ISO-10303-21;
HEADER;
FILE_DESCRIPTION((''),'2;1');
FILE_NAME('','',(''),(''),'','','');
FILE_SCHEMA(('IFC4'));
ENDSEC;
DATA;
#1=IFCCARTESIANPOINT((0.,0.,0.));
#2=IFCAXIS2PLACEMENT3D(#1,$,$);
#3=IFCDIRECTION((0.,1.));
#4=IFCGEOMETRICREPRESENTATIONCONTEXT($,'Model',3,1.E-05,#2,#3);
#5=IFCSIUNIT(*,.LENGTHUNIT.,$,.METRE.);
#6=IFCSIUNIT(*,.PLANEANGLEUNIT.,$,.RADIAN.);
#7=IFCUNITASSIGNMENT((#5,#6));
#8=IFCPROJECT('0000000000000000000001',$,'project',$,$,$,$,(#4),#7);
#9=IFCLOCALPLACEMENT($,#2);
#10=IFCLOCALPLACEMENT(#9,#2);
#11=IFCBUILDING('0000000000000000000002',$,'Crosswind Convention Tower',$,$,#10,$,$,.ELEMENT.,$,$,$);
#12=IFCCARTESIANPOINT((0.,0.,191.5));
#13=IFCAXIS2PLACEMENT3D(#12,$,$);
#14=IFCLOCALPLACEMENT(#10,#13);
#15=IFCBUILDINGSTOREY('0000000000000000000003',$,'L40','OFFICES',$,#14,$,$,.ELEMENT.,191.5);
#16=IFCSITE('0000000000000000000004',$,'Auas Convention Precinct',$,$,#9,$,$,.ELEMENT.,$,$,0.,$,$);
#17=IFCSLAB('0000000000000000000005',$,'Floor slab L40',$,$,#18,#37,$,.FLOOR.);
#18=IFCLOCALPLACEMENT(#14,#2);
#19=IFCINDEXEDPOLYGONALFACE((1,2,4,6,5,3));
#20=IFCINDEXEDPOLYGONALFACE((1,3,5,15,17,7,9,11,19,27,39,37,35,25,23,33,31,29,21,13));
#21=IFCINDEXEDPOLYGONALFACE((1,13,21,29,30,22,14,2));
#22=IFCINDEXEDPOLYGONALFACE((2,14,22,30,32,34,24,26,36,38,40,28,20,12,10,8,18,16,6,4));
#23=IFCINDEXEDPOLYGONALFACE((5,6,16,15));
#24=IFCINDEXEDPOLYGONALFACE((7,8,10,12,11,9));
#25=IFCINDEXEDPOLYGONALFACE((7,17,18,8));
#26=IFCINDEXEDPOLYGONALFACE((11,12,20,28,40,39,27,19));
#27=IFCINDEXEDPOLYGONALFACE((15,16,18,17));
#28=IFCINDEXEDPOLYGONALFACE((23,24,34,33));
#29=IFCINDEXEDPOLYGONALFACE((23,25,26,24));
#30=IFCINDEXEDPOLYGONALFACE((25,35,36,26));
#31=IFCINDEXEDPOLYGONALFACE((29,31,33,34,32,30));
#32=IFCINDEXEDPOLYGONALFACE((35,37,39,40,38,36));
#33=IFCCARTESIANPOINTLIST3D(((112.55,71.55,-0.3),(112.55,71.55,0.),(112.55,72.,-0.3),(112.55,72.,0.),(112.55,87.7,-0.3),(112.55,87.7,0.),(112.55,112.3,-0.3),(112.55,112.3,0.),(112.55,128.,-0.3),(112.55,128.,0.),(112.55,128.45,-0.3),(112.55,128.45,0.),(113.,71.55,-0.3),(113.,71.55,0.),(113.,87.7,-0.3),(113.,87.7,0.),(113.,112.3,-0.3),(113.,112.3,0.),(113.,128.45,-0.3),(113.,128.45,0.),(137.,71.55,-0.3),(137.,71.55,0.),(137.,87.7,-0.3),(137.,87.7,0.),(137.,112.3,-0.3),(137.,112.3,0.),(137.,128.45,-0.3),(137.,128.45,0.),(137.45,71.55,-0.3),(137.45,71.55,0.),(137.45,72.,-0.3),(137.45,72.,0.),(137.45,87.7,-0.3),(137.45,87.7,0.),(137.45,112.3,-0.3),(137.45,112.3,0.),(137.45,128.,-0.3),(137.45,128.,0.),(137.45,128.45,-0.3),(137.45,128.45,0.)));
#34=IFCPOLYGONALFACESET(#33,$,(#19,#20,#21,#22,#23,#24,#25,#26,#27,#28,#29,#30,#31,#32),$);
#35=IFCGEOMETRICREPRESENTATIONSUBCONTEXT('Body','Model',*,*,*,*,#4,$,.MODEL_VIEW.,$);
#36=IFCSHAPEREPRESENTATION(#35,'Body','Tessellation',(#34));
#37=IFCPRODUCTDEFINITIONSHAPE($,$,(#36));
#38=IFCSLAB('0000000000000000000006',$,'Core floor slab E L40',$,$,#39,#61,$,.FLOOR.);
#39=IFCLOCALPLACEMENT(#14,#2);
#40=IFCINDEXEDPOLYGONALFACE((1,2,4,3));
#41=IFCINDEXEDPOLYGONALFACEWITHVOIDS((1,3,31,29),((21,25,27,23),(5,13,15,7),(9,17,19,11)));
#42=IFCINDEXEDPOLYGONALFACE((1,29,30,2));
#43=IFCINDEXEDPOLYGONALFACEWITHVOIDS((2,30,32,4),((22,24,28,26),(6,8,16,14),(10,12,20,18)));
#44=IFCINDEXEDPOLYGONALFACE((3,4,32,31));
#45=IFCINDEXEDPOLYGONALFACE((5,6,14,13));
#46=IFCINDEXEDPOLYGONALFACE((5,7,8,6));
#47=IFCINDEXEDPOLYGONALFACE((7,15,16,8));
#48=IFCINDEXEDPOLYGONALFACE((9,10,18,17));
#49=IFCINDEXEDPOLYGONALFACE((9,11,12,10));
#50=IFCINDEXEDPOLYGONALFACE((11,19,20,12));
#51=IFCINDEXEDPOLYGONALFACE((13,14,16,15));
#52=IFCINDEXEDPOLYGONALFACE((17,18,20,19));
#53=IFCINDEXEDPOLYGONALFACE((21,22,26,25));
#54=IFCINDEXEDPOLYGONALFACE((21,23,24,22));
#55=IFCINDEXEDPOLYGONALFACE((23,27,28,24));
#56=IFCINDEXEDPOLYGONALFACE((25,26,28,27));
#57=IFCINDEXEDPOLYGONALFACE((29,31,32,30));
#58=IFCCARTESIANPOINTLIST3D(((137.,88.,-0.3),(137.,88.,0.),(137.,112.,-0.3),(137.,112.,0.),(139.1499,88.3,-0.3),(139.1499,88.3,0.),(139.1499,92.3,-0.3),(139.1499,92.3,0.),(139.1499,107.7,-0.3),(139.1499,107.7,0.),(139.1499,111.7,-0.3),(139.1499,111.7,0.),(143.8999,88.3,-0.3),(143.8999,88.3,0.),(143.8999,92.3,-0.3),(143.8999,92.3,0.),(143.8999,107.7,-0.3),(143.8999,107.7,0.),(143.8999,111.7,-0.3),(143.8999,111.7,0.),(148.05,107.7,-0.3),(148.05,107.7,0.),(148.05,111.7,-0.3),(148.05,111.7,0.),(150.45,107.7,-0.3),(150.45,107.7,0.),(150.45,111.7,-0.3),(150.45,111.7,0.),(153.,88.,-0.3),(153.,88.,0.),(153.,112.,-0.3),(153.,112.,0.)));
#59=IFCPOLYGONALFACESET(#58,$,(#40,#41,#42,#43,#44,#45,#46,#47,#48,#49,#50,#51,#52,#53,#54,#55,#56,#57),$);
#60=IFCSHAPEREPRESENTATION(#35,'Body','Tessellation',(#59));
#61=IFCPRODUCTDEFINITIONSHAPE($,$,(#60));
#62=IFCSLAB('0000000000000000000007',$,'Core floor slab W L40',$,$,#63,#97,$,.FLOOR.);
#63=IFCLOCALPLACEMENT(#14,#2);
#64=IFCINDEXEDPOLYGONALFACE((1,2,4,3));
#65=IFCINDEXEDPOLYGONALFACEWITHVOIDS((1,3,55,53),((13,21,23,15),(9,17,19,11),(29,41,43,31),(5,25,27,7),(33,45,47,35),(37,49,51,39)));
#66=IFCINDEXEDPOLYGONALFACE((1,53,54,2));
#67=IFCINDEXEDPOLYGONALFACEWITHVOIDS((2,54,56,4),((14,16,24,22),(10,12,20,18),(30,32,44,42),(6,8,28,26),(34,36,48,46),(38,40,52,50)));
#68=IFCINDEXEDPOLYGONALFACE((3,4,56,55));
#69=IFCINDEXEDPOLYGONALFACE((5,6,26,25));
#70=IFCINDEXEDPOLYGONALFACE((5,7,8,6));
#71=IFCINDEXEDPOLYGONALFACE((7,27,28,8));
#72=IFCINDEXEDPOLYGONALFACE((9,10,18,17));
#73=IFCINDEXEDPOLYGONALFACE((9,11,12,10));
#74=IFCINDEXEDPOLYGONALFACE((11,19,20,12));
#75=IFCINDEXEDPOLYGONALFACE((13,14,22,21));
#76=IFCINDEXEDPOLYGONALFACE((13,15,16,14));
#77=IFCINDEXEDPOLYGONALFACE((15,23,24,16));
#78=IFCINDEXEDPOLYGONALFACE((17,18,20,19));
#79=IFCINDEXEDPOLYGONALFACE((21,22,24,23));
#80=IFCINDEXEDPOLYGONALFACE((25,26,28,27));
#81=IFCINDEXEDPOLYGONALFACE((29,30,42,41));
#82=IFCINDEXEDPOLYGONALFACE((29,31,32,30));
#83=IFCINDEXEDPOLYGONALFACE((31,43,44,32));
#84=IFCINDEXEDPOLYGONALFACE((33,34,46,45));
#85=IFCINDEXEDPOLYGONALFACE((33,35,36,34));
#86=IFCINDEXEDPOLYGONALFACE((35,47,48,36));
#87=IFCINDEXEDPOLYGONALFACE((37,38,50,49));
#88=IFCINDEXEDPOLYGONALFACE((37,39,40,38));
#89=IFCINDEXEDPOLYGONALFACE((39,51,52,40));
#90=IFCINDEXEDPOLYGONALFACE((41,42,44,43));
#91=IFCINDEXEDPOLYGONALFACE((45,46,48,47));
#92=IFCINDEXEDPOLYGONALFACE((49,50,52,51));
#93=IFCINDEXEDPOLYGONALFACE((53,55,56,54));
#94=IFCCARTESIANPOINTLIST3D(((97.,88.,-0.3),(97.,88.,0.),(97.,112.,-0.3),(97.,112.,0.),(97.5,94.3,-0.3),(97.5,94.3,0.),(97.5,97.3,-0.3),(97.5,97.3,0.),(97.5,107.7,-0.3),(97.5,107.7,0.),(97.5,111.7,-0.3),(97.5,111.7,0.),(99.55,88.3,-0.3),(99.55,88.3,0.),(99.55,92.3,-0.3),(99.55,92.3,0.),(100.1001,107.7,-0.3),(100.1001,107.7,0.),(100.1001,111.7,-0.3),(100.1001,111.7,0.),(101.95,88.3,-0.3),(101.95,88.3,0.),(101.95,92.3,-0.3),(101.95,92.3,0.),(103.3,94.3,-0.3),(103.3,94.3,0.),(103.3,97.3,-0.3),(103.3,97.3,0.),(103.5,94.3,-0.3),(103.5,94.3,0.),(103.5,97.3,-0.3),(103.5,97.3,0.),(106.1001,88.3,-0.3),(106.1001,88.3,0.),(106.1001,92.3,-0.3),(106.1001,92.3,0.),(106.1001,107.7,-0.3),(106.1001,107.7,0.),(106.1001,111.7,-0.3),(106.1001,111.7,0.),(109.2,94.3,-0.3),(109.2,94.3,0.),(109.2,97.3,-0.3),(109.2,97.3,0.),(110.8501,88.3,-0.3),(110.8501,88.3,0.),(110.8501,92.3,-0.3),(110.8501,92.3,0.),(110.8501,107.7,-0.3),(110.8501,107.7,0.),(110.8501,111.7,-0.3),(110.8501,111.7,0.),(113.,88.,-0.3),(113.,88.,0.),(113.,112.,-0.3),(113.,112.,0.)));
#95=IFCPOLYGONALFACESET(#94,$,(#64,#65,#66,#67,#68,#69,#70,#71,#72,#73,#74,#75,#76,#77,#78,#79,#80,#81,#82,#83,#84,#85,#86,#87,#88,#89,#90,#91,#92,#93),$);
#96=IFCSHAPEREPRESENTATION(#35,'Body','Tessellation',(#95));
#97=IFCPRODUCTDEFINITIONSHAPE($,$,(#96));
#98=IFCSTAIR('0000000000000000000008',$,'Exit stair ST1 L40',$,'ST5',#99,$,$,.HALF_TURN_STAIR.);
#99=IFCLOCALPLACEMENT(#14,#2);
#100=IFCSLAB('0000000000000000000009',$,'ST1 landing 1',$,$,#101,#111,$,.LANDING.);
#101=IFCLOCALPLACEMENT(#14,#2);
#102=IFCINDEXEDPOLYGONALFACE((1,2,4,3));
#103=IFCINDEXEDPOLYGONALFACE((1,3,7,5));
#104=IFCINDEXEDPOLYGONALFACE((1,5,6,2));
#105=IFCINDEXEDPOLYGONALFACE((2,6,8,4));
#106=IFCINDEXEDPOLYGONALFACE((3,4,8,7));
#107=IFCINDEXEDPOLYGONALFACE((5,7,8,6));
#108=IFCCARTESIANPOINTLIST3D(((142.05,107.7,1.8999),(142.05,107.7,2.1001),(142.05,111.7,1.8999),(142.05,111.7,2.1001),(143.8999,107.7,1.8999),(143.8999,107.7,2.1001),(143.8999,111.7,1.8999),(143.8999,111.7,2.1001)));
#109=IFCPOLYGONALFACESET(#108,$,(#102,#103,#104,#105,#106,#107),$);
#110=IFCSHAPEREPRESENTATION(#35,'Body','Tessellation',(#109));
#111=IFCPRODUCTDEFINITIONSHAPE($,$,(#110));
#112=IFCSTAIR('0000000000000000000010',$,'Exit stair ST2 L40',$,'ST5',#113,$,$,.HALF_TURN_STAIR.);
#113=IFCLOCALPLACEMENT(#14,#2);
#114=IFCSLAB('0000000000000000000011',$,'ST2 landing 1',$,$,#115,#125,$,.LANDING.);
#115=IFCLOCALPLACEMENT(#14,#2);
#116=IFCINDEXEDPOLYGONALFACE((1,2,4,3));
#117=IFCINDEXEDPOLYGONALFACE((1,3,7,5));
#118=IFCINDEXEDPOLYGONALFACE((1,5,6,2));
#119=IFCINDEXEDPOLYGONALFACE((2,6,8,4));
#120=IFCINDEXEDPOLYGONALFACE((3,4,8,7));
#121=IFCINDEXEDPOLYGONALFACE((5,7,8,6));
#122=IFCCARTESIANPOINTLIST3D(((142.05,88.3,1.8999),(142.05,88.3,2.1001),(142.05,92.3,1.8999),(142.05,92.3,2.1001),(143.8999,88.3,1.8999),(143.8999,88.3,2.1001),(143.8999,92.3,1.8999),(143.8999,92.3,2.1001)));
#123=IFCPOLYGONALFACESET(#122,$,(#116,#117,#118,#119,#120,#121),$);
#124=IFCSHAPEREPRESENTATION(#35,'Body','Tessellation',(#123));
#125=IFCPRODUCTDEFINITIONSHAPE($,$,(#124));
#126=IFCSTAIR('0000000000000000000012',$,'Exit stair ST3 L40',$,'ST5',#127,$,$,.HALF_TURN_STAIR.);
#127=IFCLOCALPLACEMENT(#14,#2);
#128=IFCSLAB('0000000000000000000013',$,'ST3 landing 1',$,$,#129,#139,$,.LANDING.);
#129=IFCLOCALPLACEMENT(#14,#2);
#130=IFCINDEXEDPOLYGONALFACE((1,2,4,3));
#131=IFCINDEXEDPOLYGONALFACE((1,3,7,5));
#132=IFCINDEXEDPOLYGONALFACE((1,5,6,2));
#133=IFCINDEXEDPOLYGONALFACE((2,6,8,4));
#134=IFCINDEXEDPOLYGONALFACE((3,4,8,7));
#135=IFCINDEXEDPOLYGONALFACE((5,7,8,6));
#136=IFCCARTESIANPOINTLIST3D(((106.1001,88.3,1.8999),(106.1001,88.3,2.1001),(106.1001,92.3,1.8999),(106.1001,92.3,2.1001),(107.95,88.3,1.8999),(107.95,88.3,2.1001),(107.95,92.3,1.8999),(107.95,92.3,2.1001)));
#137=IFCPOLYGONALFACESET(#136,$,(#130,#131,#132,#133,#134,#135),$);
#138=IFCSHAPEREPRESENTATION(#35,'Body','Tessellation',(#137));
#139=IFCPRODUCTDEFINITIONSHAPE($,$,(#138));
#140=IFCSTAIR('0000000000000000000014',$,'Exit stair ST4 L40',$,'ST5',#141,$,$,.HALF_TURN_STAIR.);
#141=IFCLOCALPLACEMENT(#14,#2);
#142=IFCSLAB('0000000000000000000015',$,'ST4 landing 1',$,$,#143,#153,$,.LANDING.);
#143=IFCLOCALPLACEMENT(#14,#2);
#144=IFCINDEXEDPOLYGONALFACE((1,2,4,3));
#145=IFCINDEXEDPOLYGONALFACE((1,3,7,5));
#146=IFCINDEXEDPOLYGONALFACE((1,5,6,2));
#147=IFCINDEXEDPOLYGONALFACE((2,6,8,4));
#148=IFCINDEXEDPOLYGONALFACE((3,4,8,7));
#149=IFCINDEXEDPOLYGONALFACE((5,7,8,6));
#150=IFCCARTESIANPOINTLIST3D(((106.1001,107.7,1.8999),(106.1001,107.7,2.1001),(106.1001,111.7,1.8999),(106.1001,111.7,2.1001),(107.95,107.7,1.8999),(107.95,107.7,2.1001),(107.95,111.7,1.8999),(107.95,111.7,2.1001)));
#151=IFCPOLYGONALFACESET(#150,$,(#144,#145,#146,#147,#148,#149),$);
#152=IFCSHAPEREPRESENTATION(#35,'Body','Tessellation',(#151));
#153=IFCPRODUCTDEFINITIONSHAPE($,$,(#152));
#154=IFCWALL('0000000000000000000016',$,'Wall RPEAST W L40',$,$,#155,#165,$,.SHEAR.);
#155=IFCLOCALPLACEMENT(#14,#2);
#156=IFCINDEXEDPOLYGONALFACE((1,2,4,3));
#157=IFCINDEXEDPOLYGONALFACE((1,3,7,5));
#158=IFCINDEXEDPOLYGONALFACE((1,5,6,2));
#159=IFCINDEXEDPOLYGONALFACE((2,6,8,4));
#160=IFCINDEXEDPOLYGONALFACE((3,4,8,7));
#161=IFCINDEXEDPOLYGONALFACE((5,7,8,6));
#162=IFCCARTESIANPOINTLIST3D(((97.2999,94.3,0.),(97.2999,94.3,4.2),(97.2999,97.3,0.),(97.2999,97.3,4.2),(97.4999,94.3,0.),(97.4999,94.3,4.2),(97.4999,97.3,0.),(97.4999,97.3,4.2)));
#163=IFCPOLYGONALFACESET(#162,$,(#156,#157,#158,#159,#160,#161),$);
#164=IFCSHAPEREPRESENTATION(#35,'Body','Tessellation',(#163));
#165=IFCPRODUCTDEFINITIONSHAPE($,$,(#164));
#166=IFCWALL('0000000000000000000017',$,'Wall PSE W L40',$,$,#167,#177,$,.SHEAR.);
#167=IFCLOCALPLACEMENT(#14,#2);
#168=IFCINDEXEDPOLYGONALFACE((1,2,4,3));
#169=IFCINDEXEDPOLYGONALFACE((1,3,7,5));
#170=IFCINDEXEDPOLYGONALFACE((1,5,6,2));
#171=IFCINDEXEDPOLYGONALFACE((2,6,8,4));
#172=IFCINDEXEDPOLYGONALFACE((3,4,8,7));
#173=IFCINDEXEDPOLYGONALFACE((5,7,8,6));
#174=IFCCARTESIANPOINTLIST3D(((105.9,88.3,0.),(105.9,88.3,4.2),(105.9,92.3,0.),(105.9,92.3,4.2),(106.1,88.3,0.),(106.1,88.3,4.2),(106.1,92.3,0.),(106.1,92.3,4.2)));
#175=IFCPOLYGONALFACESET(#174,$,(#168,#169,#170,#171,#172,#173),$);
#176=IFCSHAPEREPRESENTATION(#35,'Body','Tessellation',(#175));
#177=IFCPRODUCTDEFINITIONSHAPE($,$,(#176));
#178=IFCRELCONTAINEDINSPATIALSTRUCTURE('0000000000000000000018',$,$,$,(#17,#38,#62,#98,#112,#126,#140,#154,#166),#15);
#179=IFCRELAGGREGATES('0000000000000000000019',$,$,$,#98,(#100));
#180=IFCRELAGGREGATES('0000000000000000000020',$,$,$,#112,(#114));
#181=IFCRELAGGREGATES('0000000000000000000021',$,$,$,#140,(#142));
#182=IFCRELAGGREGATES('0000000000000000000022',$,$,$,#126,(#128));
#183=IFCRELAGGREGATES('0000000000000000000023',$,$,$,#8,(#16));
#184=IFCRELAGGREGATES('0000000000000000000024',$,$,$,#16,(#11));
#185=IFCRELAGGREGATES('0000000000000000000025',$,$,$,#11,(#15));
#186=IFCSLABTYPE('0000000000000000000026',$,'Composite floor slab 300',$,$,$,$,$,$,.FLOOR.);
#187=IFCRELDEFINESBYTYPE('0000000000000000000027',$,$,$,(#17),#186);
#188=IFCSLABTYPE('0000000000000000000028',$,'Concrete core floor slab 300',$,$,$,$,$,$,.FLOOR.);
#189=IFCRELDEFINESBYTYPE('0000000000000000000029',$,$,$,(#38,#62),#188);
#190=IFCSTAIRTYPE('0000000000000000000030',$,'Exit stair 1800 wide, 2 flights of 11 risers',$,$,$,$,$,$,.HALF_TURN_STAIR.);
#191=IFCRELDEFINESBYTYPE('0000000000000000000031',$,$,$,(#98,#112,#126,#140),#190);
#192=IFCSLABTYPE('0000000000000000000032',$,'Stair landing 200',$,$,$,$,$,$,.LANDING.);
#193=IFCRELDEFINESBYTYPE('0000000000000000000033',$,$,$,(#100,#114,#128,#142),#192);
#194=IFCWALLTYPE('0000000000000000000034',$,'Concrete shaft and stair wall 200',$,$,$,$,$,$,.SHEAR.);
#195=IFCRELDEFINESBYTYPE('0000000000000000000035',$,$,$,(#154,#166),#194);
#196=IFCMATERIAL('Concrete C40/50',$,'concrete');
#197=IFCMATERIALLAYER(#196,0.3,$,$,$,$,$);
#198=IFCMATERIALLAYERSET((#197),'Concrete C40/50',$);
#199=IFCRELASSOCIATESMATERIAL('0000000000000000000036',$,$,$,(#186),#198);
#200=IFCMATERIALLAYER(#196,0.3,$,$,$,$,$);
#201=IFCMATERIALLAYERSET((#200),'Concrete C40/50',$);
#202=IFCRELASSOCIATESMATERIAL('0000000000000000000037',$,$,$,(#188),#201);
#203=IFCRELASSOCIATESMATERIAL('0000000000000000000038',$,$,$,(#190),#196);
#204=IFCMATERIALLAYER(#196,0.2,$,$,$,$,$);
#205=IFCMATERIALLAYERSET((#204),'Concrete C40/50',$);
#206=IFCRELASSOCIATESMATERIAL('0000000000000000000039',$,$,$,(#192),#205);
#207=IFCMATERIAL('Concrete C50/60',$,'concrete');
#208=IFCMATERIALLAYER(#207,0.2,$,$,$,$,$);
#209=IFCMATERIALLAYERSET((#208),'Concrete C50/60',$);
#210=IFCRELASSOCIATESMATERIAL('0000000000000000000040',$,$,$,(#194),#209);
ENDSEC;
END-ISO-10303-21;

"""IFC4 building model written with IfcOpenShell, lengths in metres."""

from ifc_helpers import new_model, si_unit, direction, frame, frame_2d, origin, place, context, subcontext, project, spatial, polyline, rectangle, outline, extrude, material, layer, layer_set, type_object, element, aggregate, save


model = new_model("IFC4")

# Units and contexts
model_context = context("Model", 3, precision=1e-05, world=origin(), true_north=direction((0.0, 1.0)))
body_context = subcontext(model_context, "Body", "Model", "MODEL_VIEW")
ifc_project = project(units=[si_unit("LENGTHUNIT", "METRE"), si_unit("PLANEANGLEUNIT", "RADIAN")], contexts=[model_context])

# Site, building, storey
site_placement = place(None, origin())
site = spatial("IfcSite", under=ifc_project, at=site_placement, Name="Auas Convention Precinct", CompositionType="ELEMENT", RefElevation=0.0)
building_placement = place(site_placement, origin())
building = spatial("IfcBuilding", under=site, at=building_placement, Name="Crosswind Convention Tower", CompositionType="ELEMENT")
storey_placement = place(building_placement, frame((0.0, 0.0, 191.5)))
storey = spatial("IfcBuildingStorey", under=building, at=storey_placement, Name="L40", Description="OFFICES", CompositionType="ELEMENT", Elevation=191.5)

# Slabs
ifc_material_1 = material(Name="Concrete C40/50", Category="concrete")
ifc_layer_1 = layer(ifc_material_1, 0.3)
ifc_layer_set_1 = layer_set([ifc_layer_1], Name="Concrete C40/50")
slab_type_1 = type_object("IfcSlabType", Name="Composite floor slab 300", PredefinedType="FLOOR", material=ifc_layer_set_1)
slab_1_placement = place(storey_placement, frame((0.0, 0.0, -0.3)))
element("IfcSlab", 1, at=slab_1_placement, inside=storey, type_object=slab_type_1, Name="Floor slab L40", PredefinedType="FLOOR", context=body_context, shape_type="SweptSolid", body=[
    extrude(outline(polyline([(137.45, 71.55), (137.0, 71.55), (113.0, 71.55), (112.55, 71.55), (112.55, 72.0), (112.55, 87.7), (113.0, 87.7), (113.0, 112.3), (112.55, 112.3), (112.55, 128.0), (112.55, 128.45), (113.0, 128.45), (137.0, 128.45), (137.45, 128.45), (137.45, 128.0), (137.45, 112.3), (137.0, 112.3), (137.0, 87.7), (137.45, 87.7), (137.45, 72.0), (137.45, 71.55)])), origin(), (0.0, 0.0, 1.0), 0.3),
])
ifc_layer_2 = layer(ifc_material_1, 0.3)
ifc_layer_set_2 = layer_set([ifc_layer_2], Name="Concrete C40/50")
slab_type_2 = type_object("IfcSlabType", Name="Concrete core floor slab 300", PredefinedType="FLOOR", material=ifc_layer_set_2)
slab_2_placement = place(storey_placement, frame((0.0, 0.0, -0.3)))
element("IfcSlab", 2, at=slab_2_placement, inside=storey, type_object=slab_type_2, Name="Core floor slab E L40", PredefinedType="FLOOR", context=body_context, shape_type="SweptSolid", body=[
    extrude(outline(polyline([(137.0, 88.0), (153.0, 88.0), (153.0, 112.0), (137.0, 112.0), (137.0, 88.0)]), holes=[polyline([(150.45, 107.7), (150.45, 111.7), (148.05, 111.7), (148.05, 107.7), (150.45, 107.7)]), polyline([(143.8999, 107.7), (143.8999, 111.7), (139.1499, 111.7), (139.1499, 107.7), (143.8999, 107.7)]), polyline([(143.8999, 88.3), (143.8999, 92.3), (139.1499, 92.3), (139.1499, 88.3), (143.8999, 88.3)])]), origin(), (0.0, 0.0, 1.0), 0.3),
])
slab_3_placement = place(storey_placement, frame((0.0, 0.0, -0.3)))
element("IfcSlab", 3, at=slab_3_placement, inside=storey, type_object=slab_type_2, Name="Core floor slab W L40", PredefinedType="FLOOR", context=body_context, shape_type="SweptSolid", body=[
    extrude(outline(polyline([(97.0, 88.0), (113.0, 88.0), (113.0, 112.0), (97.0, 112.0), (97.0, 88.0)]), holes=[polyline([(109.2, 94.3), (109.2, 97.3), (103.5, 97.3), (103.5, 94.3), (109.2, 94.3)]), polyline([(103.3, 94.3), (103.3, 97.3), (97.5, 97.3), (97.5, 94.3), (103.3, 94.3)]), polyline([(101.95, 88.3), (101.95, 92.3), (99.55, 92.3), (99.55, 88.3), (101.95, 88.3)]), polyline([(100.1001, 107.7), (100.1001, 111.7), (97.5, 111.7), (97.5, 107.7), (100.1001, 107.7)]), polyline([(110.8501, 88.3), (110.8501, 92.3), (106.1001, 92.3), (106.1001, 88.3), (110.8501, 88.3)]), polyline([(110.8501, 107.7), (110.8501, 111.7), (106.1001, 111.7), (106.1001, 107.7), (110.8501, 107.7)])]), origin(), (0.0, 0.0, 1.0), 0.3),
])

# Stairs, slabs
stair_type = type_object("IfcStairType", Name="Exit stair 1800 wide, 2 flights of 11 risers", PredefinedType="HALF_TURN_STAIR", material=ifc_material_1)
stair_1_placement = place(storey_placement, origin())
stair_1 = element("IfcStair", 4, at=stair_1_placement, inside=storey, type_object=stair_type, Name="Exit stair ST1 L40", ObjectType="ST5", PredefinedType="HALF_TURN_STAIR")
ifc_layer_3 = layer(ifc_material_1, 0.2)
ifc_layer_set_3 = layer_set([ifc_layer_3], Name="Concrete C40/50")
slab_type_3 = type_object("IfcSlabType", Name="Stair landing 200", PredefinedType="LANDING", material=ifc_layer_set_3)
slab_4_placement = place(storey_placement, frame((0.0, 0.0, 1.8999)))
slab_4 = element("IfcSlab", 5, at=slab_4_placement, type_object=slab_type_3, Name="ST1 landing 1", PredefinedType="LANDING", context=body_context, shape_type="SweptSolid", body=[
    extrude(outline(polyline([(143.8999, 107.7), (143.8999, 111.7), (142.05, 111.7), (142.05, 107.7), (143.8999, 107.7)])), origin(), (0.0, 0.0, 1.0), 0.2002),
])
aggregate(stair_1, [slab_4])
stair_2_placement = place(storey_placement, origin())
stair_2 = element("IfcStair", 6, at=stair_2_placement, inside=storey, type_object=stair_type, Name="Exit stair ST2 L40", ObjectType="ST5", PredefinedType="HALF_TURN_STAIR")
slab_5_placement = place(storey_placement, frame((0.0, 0.0, 1.8999)))
slab_5 = element("IfcSlab", 7, at=slab_5_placement, type_object=slab_type_3, Name="ST2 landing 1", PredefinedType="LANDING", context=body_context, shape_type="SweptSolid", body=[
    extrude(outline(polyline([(143.8999, 88.3), (143.8999, 92.3), (142.05, 92.3), (142.05, 88.3), (143.8999, 88.3)])), origin(), (0.0, 0.0, 1.0), 0.2002),
])
aggregate(stair_2, [slab_5])
stair_3_placement = place(storey_placement, origin())
stair_3 = element("IfcStair", 8, at=stair_3_placement, inside=storey, type_object=stair_type, Name="Exit stair ST3 L40", ObjectType="ST5", PredefinedType="HALF_TURN_STAIR")
slab_6_placement = place(storey_placement, frame((0.0, 0.0, 1.8999)))
slab_6 = element("IfcSlab", 9, at=slab_6_placement, type_object=slab_type_3, Name="ST3 landing 1", PredefinedType="LANDING", context=body_context, shape_type="SweptSolid", body=[
    extrude(outline(polyline([(107.95, 88.3), (107.95, 92.3), (106.1001, 92.3), (106.1001, 88.3), (107.95, 88.3)])), origin(), (0.0, 0.0, 1.0), 0.2002),
])
stair_4_placement = place(storey_placement, origin())
stair_4 = element("IfcStair", 10, at=stair_4_placement, inside=storey, type_object=stair_type, Name="Exit stair ST4 L40", ObjectType="ST5", PredefinedType="HALF_TURN_STAIR")
slab_7_placement = place(storey_placement, frame((0.0, 0.0, 1.8999)))
slab_7 = element("IfcSlab", 11, at=slab_7_placement, type_object=slab_type_3, Name="ST4 landing 1", PredefinedType="LANDING", context=body_context, shape_type="SweptSolid", body=[
    extrude(outline(polyline([(107.95, 107.7), (107.95, 111.7), (106.1001, 111.7), (106.1001, 107.7), (107.95, 107.7)])), origin(), (0.0, 0.0, 1.0), 0.2002),
])
aggregate(stair_4, [slab_7])

# Walls
ifc_material_2 = material(Name="Concrete C50/60", Category="concrete")
ifc_layer_4 = layer(ifc_material_2, 0.2)
ifc_layer_set_4 = layer_set([ifc_layer_4], Name="Concrete C50/60")
wall_type_1 = type_object("IfcWallType", Name="Concrete shaft and stair wall 200", PredefinedType="SHEAR", material=ifc_layer_set_4)
wall_1_placement = place(storey_placement, frame((97.3999, 97.3, 0.0), z_axis=(0.0, 0.0, 1.0), x_axis=(0.0, -1.0, 0.0)))
element("IfcWall", 12, at=wall_1_placement, inside=storey, type_object=wall_type_1, Name="Wall RPEAST W L40", PredefinedType="SHEAR", context=body_context, shape_type="SweptSolid", body=[
    extrude(rectangle(XDim=3.0, YDim=0.2, at=frame_2d((1.5, 0.0))), origin(), (0.0, 0.0, 1.0), 4.2),
])
wall_2_placement = place(storey_placement, frame((106.0, 92.3, 0.0), z_axis=(0.0, 0.0, 1.0), x_axis=(0.0, -1.0, 0.0)))
element("IfcWall", 13, at=wall_2_placement, inside=storey, type_object=wall_type_1, Name="Wall PSE W L40", PredefinedType="SHEAR", context=body_context, shape_type="SweptSolid", body=[
    extrude(rectangle(XDim=4.0, YDim=0.2, at=frame_2d((2.0, 0.0))), origin(), (0.0, 0.0, 1.0), 4.2),
])

aggregate(stair_3, [slab_6])

save(model, "model.ifc")
